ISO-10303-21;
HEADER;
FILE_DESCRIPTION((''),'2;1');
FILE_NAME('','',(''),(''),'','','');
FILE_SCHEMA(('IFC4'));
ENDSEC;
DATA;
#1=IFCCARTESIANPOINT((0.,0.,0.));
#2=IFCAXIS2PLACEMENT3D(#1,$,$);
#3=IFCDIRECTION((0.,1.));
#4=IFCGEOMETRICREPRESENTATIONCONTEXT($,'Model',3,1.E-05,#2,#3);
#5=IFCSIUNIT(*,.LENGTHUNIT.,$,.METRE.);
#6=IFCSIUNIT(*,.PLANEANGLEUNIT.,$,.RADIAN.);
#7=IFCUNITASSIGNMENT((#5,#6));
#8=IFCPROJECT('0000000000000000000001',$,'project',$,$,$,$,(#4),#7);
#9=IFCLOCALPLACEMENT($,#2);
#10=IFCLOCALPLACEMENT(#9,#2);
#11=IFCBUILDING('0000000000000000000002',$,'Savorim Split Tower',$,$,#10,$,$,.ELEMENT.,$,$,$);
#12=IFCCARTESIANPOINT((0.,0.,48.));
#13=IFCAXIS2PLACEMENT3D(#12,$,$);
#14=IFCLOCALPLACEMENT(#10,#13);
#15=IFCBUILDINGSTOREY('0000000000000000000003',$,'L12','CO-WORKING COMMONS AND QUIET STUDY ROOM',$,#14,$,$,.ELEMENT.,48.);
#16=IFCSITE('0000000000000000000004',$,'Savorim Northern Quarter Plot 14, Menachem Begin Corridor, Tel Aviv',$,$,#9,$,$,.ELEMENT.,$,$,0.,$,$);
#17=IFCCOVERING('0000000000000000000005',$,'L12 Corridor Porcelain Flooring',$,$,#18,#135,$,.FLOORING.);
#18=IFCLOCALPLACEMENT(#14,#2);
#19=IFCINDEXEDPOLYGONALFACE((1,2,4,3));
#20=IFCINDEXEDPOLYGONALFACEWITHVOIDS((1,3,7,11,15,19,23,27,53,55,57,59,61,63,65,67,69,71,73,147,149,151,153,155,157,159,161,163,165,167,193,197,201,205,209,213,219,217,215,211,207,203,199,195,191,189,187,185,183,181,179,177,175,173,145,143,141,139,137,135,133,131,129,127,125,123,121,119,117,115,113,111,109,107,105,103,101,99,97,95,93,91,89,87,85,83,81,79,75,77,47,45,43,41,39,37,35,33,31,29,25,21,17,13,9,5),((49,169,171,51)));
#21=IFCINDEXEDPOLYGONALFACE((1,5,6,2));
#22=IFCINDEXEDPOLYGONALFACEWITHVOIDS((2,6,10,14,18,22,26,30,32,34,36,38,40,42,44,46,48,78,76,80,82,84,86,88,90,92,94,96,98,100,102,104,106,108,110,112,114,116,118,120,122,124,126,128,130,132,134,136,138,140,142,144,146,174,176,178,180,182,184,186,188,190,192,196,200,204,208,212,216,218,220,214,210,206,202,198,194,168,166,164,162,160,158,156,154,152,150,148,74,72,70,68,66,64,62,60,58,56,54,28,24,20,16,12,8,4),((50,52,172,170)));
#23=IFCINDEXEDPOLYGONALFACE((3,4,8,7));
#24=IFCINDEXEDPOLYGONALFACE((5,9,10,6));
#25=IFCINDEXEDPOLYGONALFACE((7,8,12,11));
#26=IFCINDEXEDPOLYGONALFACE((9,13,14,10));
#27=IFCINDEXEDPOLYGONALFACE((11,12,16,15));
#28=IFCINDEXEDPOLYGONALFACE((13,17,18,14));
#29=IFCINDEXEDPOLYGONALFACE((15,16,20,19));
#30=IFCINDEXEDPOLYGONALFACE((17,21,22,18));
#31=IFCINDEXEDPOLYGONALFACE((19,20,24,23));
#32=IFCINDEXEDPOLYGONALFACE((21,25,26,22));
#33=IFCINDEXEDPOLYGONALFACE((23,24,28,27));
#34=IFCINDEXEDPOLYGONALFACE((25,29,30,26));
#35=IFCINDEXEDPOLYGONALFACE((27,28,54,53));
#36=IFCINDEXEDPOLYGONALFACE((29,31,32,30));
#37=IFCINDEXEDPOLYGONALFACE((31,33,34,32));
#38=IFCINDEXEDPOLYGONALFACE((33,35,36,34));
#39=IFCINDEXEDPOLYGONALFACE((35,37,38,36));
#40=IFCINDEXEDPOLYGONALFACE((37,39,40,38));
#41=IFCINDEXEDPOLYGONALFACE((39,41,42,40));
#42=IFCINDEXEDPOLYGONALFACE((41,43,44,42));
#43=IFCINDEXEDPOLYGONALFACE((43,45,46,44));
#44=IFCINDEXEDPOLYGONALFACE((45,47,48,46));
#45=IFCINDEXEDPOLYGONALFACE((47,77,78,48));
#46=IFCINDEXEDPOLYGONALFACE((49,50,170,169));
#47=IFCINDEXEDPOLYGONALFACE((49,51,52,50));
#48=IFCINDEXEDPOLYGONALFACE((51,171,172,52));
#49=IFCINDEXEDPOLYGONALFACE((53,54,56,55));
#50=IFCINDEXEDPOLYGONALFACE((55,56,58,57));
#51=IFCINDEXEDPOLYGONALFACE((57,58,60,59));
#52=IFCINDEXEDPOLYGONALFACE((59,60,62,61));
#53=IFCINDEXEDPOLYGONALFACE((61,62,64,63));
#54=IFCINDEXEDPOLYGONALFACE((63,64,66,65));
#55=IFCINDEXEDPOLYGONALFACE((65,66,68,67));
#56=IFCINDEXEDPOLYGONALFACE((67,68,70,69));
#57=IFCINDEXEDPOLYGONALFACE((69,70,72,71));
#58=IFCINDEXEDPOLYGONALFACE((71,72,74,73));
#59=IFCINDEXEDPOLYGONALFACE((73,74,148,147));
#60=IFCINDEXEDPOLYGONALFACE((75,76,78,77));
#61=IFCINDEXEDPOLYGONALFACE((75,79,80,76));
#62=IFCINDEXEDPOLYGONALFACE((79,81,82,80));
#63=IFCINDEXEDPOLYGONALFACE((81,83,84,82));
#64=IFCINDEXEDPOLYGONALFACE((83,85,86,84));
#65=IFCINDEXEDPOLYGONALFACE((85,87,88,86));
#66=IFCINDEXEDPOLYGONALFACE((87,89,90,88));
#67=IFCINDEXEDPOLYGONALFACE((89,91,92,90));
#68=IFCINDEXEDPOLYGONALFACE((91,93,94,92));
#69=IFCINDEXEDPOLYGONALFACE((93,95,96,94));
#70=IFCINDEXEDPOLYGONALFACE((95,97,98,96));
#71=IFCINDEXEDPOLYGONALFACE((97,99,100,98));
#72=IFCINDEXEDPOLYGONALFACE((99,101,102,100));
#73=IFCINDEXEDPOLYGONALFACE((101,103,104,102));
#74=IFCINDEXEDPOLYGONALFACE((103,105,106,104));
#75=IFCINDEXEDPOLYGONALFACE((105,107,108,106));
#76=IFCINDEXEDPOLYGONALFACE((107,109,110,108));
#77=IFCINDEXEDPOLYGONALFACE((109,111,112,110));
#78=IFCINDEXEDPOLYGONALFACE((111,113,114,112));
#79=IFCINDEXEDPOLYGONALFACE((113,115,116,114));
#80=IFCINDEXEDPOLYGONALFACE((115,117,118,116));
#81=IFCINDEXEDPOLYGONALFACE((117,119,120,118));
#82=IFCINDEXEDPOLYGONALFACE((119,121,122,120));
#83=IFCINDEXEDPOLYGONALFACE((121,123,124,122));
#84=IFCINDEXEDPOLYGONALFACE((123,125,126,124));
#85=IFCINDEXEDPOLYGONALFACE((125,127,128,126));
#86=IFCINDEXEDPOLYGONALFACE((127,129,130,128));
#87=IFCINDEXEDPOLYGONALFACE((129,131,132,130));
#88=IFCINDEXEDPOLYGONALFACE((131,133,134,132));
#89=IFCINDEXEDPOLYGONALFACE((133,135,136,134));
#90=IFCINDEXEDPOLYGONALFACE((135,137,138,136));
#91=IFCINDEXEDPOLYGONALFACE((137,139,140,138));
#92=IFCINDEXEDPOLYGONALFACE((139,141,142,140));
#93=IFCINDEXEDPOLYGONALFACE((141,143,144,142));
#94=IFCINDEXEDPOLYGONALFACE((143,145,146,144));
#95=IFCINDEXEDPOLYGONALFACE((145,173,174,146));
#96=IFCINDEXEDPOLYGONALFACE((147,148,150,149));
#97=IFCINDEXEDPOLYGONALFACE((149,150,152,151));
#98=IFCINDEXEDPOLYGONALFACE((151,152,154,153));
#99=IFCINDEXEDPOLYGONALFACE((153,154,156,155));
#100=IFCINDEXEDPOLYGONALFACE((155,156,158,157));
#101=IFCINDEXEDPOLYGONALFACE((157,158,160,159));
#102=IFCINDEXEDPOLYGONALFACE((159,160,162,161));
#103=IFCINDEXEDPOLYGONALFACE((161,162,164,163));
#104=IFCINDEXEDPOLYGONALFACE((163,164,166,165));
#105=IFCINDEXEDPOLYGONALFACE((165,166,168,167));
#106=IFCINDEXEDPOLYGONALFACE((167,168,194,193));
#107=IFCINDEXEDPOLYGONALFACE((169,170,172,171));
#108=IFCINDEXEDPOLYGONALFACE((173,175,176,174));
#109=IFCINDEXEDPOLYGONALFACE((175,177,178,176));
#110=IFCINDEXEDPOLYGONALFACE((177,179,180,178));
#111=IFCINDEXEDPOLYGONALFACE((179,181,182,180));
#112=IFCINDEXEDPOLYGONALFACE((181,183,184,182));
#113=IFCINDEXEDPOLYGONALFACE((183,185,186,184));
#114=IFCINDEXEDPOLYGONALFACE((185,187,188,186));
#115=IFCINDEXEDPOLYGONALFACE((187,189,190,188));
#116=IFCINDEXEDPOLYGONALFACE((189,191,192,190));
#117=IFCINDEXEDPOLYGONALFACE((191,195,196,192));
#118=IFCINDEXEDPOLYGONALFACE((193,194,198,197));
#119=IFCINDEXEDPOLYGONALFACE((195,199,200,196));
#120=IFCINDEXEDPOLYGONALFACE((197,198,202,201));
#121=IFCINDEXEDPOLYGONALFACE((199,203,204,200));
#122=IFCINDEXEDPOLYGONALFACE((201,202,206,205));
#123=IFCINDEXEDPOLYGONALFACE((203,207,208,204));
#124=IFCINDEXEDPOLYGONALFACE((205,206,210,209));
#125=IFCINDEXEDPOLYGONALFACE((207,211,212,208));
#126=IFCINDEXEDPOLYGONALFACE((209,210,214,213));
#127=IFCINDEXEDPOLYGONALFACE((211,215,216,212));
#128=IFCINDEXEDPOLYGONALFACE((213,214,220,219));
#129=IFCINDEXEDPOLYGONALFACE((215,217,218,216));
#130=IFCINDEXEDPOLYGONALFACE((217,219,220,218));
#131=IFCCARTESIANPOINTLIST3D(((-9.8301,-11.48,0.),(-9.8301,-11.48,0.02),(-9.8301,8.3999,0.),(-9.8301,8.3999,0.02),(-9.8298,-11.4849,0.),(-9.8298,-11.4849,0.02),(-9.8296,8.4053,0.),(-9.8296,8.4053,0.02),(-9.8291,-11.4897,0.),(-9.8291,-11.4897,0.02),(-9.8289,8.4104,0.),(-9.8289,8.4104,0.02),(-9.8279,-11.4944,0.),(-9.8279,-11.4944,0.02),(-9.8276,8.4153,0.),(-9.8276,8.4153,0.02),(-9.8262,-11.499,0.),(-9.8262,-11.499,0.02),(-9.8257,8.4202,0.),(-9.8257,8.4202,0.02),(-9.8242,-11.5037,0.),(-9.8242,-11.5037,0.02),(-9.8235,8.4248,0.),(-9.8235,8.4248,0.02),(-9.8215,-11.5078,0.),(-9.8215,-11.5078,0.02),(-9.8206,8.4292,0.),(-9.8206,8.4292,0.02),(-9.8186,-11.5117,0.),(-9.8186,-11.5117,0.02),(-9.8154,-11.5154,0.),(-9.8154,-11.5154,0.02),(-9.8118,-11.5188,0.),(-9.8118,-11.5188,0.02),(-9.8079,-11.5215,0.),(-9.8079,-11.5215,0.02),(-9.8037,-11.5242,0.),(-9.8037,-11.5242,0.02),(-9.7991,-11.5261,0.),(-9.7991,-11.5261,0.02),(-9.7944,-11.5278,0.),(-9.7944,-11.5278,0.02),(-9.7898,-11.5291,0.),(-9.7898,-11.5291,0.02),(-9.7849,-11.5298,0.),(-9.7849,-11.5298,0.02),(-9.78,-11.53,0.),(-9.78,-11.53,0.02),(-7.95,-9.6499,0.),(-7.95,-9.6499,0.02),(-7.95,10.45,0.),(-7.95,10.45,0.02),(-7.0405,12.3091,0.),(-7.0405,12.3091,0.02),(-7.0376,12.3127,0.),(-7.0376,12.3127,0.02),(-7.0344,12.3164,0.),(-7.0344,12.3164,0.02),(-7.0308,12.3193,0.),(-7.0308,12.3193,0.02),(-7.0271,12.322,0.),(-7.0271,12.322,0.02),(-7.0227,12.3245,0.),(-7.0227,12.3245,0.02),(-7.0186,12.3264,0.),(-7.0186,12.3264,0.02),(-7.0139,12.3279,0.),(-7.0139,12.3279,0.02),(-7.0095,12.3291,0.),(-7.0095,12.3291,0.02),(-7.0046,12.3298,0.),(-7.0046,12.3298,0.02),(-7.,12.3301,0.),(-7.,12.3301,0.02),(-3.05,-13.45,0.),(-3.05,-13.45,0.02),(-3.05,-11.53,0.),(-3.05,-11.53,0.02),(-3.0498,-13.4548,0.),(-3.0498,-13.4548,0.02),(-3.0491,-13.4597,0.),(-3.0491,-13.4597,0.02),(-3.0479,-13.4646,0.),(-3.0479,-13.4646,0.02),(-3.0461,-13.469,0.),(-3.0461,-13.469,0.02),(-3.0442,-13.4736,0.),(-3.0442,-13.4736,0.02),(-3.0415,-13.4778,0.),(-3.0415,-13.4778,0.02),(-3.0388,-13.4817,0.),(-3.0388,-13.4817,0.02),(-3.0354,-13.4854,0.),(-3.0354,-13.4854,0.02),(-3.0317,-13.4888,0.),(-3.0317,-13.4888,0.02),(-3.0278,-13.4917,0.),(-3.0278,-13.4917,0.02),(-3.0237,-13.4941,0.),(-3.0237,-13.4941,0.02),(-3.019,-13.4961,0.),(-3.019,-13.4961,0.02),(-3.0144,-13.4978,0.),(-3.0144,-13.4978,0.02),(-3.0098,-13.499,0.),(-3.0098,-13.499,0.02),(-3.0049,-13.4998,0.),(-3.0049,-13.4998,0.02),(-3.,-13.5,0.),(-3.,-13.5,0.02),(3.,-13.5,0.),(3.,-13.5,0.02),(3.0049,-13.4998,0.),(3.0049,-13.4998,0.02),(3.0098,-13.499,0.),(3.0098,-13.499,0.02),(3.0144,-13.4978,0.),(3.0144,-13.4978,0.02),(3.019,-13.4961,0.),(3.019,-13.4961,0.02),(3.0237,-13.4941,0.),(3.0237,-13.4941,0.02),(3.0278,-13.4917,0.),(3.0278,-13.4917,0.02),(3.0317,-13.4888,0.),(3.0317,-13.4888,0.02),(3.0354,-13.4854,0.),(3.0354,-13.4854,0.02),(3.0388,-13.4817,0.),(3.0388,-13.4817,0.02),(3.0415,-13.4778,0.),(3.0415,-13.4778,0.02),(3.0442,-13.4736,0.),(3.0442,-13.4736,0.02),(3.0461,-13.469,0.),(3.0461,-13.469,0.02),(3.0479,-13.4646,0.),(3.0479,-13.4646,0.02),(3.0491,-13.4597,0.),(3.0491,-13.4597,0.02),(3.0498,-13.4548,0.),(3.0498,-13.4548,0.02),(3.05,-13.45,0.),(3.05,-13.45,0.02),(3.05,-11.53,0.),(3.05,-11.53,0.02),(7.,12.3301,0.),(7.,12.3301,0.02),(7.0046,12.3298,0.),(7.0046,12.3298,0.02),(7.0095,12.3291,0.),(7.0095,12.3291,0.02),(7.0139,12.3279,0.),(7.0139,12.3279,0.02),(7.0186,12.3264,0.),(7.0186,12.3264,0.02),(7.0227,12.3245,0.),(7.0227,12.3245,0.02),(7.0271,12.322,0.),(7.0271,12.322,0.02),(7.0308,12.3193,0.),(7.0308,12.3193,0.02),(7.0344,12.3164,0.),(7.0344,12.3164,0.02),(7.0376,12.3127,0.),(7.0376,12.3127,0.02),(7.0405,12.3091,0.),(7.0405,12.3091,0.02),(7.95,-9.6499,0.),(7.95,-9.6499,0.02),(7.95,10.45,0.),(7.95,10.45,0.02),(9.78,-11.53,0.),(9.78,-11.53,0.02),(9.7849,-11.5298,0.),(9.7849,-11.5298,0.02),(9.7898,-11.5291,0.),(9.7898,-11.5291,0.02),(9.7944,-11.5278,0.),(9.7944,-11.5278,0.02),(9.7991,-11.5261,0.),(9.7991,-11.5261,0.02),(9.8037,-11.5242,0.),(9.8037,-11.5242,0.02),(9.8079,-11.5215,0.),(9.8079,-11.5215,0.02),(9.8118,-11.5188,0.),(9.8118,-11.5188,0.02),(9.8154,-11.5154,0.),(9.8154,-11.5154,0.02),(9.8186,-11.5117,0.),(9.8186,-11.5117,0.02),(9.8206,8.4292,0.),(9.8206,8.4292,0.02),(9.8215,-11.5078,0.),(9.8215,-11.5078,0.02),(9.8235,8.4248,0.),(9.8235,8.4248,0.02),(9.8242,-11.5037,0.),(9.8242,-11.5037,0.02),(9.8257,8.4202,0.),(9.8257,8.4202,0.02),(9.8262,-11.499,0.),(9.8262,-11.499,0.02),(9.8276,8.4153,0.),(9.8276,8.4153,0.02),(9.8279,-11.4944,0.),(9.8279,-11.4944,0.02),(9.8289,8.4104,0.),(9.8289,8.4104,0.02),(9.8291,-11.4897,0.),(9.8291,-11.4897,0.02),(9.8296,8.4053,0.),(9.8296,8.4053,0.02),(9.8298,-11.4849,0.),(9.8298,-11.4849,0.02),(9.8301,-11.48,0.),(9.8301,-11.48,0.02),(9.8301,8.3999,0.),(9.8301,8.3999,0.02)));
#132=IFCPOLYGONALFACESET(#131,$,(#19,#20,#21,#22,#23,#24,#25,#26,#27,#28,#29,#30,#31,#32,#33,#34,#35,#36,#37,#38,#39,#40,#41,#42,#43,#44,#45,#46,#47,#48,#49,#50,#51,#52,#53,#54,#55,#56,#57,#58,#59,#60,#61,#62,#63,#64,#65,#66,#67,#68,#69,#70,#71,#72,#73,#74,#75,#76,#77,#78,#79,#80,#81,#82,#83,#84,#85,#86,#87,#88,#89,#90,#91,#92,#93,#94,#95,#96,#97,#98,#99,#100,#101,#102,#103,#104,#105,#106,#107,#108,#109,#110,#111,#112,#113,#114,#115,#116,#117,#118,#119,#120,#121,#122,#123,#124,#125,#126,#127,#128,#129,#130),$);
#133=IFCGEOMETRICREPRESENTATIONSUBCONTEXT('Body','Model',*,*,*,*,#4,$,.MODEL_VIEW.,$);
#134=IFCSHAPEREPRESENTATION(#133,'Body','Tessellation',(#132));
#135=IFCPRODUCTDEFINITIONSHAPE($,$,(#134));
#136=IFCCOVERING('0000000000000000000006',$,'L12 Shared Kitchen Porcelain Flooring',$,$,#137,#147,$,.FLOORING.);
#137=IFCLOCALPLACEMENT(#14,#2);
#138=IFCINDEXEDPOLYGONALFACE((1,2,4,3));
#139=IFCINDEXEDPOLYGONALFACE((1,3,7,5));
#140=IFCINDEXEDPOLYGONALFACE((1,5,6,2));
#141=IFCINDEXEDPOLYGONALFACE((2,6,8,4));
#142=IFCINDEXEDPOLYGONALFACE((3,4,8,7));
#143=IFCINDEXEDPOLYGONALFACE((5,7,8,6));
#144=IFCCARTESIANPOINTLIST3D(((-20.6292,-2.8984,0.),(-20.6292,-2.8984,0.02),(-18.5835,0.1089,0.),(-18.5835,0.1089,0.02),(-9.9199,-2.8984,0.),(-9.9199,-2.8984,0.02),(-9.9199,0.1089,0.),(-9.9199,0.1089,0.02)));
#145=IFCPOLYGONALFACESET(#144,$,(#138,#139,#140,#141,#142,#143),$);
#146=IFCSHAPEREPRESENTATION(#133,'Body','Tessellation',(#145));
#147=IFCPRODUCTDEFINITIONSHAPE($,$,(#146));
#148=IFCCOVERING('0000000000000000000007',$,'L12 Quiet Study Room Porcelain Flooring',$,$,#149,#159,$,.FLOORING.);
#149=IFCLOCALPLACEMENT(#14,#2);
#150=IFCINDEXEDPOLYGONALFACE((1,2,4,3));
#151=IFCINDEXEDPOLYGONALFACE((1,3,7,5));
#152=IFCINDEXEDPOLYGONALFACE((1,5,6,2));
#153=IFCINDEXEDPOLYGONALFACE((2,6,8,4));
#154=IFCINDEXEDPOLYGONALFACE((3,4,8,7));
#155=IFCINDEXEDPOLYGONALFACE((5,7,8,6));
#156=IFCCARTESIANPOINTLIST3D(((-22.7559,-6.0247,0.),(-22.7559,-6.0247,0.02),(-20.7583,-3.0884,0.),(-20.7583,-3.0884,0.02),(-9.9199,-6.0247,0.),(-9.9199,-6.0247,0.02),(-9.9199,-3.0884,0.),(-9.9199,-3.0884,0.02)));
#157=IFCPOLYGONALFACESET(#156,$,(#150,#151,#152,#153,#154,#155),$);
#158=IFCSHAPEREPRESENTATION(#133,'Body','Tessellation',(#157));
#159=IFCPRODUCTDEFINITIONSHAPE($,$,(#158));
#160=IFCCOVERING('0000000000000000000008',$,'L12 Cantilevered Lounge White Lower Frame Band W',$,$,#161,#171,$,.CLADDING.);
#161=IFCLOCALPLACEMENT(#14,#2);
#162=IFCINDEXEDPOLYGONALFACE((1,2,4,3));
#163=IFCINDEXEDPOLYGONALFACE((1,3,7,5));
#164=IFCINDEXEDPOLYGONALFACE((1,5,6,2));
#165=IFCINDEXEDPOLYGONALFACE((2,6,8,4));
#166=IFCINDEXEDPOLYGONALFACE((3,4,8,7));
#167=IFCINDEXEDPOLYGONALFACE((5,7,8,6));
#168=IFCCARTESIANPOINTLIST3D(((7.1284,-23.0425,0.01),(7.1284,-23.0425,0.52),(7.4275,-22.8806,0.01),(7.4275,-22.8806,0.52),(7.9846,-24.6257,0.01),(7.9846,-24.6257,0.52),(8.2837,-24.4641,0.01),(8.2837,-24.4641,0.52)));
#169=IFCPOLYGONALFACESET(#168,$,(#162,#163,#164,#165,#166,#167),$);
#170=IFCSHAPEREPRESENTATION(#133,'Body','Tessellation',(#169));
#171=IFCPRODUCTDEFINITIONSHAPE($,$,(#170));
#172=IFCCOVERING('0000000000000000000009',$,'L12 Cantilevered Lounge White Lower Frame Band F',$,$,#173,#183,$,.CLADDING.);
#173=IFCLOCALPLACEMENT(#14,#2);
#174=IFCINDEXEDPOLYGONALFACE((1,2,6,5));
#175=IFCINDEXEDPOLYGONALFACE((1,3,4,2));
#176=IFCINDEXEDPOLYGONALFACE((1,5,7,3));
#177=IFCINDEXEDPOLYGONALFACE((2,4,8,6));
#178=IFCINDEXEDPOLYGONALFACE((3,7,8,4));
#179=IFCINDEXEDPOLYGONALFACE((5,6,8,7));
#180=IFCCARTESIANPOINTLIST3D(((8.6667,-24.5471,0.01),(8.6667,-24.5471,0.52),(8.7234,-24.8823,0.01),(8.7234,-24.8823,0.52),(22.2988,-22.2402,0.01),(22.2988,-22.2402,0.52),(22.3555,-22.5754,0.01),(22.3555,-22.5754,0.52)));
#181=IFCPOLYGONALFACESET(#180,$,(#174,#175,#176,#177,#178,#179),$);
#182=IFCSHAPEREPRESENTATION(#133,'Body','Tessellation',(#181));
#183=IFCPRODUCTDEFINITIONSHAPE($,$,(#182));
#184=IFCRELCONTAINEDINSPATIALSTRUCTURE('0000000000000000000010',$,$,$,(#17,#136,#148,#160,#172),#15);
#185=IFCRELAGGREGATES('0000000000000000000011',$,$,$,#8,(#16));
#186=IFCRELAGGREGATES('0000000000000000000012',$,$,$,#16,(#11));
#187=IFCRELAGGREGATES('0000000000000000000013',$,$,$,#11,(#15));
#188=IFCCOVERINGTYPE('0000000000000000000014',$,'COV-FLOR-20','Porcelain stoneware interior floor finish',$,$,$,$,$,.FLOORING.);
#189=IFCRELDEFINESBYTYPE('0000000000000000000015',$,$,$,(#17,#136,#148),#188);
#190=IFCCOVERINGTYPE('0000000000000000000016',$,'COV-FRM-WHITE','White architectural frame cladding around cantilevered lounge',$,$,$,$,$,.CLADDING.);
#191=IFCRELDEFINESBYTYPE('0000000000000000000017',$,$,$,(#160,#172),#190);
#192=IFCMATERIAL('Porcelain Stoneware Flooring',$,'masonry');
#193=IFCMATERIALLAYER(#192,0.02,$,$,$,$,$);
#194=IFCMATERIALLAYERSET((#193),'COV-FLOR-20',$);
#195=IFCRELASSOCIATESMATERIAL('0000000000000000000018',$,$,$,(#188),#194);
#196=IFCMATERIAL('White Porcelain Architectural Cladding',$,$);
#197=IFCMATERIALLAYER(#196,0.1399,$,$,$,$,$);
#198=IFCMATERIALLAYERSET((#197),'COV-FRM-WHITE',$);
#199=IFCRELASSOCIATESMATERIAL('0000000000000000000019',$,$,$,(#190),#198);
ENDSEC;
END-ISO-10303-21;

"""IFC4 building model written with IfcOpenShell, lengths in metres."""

from ifc_helpers import new_model, si_unit, direction, frame, origin, place, context, subcontext, project, spatial, polyline, outline, extrude, material, layer, layer_set, type_object, element, save


model = new_model("IFC4")

# Units and contexts
model_context = context("Model", 3, precision=1e-05, world=origin(), true_north=direction((0.0, 1.0)))
body_context = subcontext(model_context, "Body", "Model", "MODEL_VIEW")
ifc_project = project(units=[si_unit("LENGTHUNIT", "METRE"), si_unit("PLANEANGLEUNIT", "RADIAN")], contexts=[model_context])

# Site, building, storey
site_placement = place(None, origin())
site = spatial("IfcSite", under=ifc_project, at=site_placement, Name="Savorim Northern Quarter Plot 14, Menachem Begin Corridor, Tel Aviv", CompositionType="ELEMENT", RefElevation=0.0)
building_placement = place(site_placement, origin())
building = spatial("IfcBuilding", under=site, at=building_placement, Name="Savorim Split Tower", CompositionType="ELEMENT")
storey_placement = place(building_placement, frame((0.0, 0.0, 48.0)))
storey = spatial("IfcBuildingStorey", under=building, at=storey_placement, Name="L12", Description="CO-WORKING COMMONS AND QUIET STUDY ROOM", CompositionType="ELEMENT", Elevation=48.0)

# Coverings
ifc_material_1 = material(Name="Porcelain Stoneware Flooring", Category="masonry")
ifc_layer_1 = layer(ifc_material_1, 0.02)
ifc_layer_set_1 = layer_set([ifc_layer_1], Name="COV-FLOR-20")
covering_type_1 = type_object("IfcCoveringType", Name="COV-FLOR-20", Description="Porcelain stoneware interior floor finish", PredefinedType="FLOORING", material=ifc_layer_set_1)
covering_1_placement = place(storey_placement, origin())
element("IfcCovering", 1, at=covering_1_placement, inside=storey, type_object=covering_type_1, Name="L12 Corridor Porcelain Flooring", PredefinedType="FLOORING", context=body_context, shape_type="SweptSolid", body=[
    extrude(outline(polyline([(7.0095, 12.3291), (7.0046, 12.3298), (7.0, 12.3301), (-7.0, 12.3301), (-7.0046, 12.3298), (-7.0095, 12.3291), (-7.0139, 12.3279), (-7.0186, 12.3264), (-7.0227, 12.3245), (-7.0271, 12.322), (-7.0308, 12.3193), (-7.0344, 12.3164), (-7.0376, 12.3127), (-7.0405, 12.3091), (-9.8206, 8.4292), (-9.8235, 8.4248), (-9.8257, 8.4202), (-9.8276, 8.4153), (-9.8289, 8.4104), (-9.8296, 8.4053), (-9.8301, 8.3999), (-9.8301, -11.48), (-9.8298, -11.4849), (-9.8291, -11.4897), (-9.8279, -11.4944), (-9.8262, -11.499), (-9.8242, -11.5037), (-9.8215, -11.5078), (-9.8186, -11.5117), (-9.8154, -11.5154), (-9.8118, -11.5188), (-9.8079, -11.5215), (-9.8037, -11.5242), (-9.7991, -11.5261), (-9.7944, -11.5278), (-9.7898, -11.5291), (-9.7849, -11.5298), (-9.78, -11.53), (-3.05, -11.53), (-3.05, -13.45), (-3.0498, -13.4548), (-3.0491, -13.4597), (-3.0479, -13.4646), (-3.0461, -13.469), (-3.0442, -13.4736), (-3.0415, -13.4778), (-3.0388, -13.4817), (-3.0354, -13.4854), (-3.0317, -13.4888), (-3.0278, -13.4917), (-3.0237, -13.4941), (-3.019, -13.4961), (-3.0144, -13.4978), (-3.0098, -13.499), (-3.0049, -13.4998), (-3.0, -13.5), (3.0, -13.5), (3.0049, -13.4998), (3.0098, -13.499), (3.0144, -13.4978), (3.019, -13.4961), (3.0237, -13.4941), (3.0278, -13.4917), (3.0317, -13.4888), (3.0354, -13.4854), (3.0388, -13.4817), (3.0415, -13.4778), (3.0442, -13.4736), (3.0461, -13.469), (3.0479, -13.4646), (3.0491, -13.4597), (3.0498, -13.4548), (3.05, -13.45), (3.05, -11.53), (9.78, -11.53), (9.7849, -11.5298), (9.7898, -11.5291), (9.7944, -11.5278), (9.7991, -11.5261), (9.8037, -11.5242), (9.8079, -11.5215), (9.8118, -11.5188), (9.8154, -11.5154), (9.8186, -11.5117), (9.8215, -11.5078), (9.8242, -11.5037), (9.8262, -11.499), (9.8279, -11.4944), (9.8291, -11.4897), (9.8298, -11.4849), (9.8301, -11.48), (9.8301, 8.3999), (9.8296, 8.4053), (9.8289, 8.4104), (9.8276, 8.4153), (9.8257, 8.4202), (9.8235, 8.4248), (9.8206, 8.4292), (7.0405, 12.3091), (7.0376, 12.3127), (7.0344, 12.3164), (7.0308, 12.3193), (7.0271, 12.322), (7.0227, 12.3245), (7.0186, 12.3264), (7.0139, 12.3279), (7.0095, 12.3291)]), holes=[polyline([(-7.95, 10.45), (-7.95, -9.6499), (7.95, -9.6499), (7.95, 10.45), (-7.95, 10.45)])]), origin(), (0.0, 0.0, 1.0), 0.02),
])
covering_2_placement = place(storey_placement, origin())
element("IfcCovering", 2, at=covering_2_placement, inside=storey, type_object=covering_type_1, Name="L12 Shared Kitchen Porcelain Flooring", PredefinedType="FLOORING", context=body_context, shape_type="SweptSolid", body=[
    extrude(outline(polyline([(-18.5835, 0.1089), (-20.6292, -2.8984), (-9.9199, -2.8984), (-9.9199, 0.1089), (-18.5835, 0.1089)])), origin(), (0.0, 0.0, 1.0), 0.02),
])
covering_3_placement = place(storey_placement, origin())
element("IfcCovering", 3, at=covering_3_placement, inside=storey, type_object=covering_type_1, Name="L12 Quiet Study Room Porcelain Flooring", PredefinedType="FLOORING", context=body_context, shape_type="SweptSolid", body=[
    extrude(outline(polyline([(-20.7583, -3.0884), (-22.7559, -6.0247), (-9.9199, -6.0247), (-9.9199, -3.0884), (-20.7583, -3.0884)])), origin(), (0.0, 0.0, 1.0), 0.02),
])
ifc_material_2 = material(Name="White Porcelain Architectural Cladding")
ifc_layer_2 = layer(ifc_material_2, 0.1399)
ifc_layer_set_2 = layer_set([ifc_layer_2], Name="COV-FRM-WHITE")
covering_type_2 = type_object("IfcCoveringType", Name="COV-FRM-WHITE", Description="White architectural frame cladding around cantilevered lounge", PredefinedType="CLADDING", material=ifc_layer_set_2)
covering_4_placement = place(storey_placement, frame((0.0, 0.0, 0.01)))
element("IfcCovering", 4, at=covering_4_placement, inside=storey, type_object=covering_type_2, Name="L12 Cantilevered Lounge White Lower Frame Band W", PredefinedType="CLADDING", context=body_context, shape_type="SweptSolid", body=[
    extrude(outline(polyline([(7.1284, -23.0425), (7.9846, -24.6257), (8.2837, -24.4641), (7.4275, -22.8806), (7.1284, -23.0425)])), origin(), (0.0, 0.0, 1.0), 0.51),
])
covering_5_placement = place(storey_placement, frame((0.0, 0.0, 0.01)))
element("IfcCovering", 5, at=covering_5_placement, inside=storey, type_object=covering_type_2, Name="L12 Cantilevered Lounge White Lower Frame Band F", PredefinedType="CLADDING", context=body_context, shape_type="SweptSolid", body=[
    extrude(outline(polyline([(8.7234, -24.8823), (22.3555, -22.5754), (22.2988, -22.2402), (8.6667, -24.5471), (8.7234, -24.8823)])), origin(), (0.0, 0.0, 1.0), 0.51),
])

save(model, "model.ifc")
